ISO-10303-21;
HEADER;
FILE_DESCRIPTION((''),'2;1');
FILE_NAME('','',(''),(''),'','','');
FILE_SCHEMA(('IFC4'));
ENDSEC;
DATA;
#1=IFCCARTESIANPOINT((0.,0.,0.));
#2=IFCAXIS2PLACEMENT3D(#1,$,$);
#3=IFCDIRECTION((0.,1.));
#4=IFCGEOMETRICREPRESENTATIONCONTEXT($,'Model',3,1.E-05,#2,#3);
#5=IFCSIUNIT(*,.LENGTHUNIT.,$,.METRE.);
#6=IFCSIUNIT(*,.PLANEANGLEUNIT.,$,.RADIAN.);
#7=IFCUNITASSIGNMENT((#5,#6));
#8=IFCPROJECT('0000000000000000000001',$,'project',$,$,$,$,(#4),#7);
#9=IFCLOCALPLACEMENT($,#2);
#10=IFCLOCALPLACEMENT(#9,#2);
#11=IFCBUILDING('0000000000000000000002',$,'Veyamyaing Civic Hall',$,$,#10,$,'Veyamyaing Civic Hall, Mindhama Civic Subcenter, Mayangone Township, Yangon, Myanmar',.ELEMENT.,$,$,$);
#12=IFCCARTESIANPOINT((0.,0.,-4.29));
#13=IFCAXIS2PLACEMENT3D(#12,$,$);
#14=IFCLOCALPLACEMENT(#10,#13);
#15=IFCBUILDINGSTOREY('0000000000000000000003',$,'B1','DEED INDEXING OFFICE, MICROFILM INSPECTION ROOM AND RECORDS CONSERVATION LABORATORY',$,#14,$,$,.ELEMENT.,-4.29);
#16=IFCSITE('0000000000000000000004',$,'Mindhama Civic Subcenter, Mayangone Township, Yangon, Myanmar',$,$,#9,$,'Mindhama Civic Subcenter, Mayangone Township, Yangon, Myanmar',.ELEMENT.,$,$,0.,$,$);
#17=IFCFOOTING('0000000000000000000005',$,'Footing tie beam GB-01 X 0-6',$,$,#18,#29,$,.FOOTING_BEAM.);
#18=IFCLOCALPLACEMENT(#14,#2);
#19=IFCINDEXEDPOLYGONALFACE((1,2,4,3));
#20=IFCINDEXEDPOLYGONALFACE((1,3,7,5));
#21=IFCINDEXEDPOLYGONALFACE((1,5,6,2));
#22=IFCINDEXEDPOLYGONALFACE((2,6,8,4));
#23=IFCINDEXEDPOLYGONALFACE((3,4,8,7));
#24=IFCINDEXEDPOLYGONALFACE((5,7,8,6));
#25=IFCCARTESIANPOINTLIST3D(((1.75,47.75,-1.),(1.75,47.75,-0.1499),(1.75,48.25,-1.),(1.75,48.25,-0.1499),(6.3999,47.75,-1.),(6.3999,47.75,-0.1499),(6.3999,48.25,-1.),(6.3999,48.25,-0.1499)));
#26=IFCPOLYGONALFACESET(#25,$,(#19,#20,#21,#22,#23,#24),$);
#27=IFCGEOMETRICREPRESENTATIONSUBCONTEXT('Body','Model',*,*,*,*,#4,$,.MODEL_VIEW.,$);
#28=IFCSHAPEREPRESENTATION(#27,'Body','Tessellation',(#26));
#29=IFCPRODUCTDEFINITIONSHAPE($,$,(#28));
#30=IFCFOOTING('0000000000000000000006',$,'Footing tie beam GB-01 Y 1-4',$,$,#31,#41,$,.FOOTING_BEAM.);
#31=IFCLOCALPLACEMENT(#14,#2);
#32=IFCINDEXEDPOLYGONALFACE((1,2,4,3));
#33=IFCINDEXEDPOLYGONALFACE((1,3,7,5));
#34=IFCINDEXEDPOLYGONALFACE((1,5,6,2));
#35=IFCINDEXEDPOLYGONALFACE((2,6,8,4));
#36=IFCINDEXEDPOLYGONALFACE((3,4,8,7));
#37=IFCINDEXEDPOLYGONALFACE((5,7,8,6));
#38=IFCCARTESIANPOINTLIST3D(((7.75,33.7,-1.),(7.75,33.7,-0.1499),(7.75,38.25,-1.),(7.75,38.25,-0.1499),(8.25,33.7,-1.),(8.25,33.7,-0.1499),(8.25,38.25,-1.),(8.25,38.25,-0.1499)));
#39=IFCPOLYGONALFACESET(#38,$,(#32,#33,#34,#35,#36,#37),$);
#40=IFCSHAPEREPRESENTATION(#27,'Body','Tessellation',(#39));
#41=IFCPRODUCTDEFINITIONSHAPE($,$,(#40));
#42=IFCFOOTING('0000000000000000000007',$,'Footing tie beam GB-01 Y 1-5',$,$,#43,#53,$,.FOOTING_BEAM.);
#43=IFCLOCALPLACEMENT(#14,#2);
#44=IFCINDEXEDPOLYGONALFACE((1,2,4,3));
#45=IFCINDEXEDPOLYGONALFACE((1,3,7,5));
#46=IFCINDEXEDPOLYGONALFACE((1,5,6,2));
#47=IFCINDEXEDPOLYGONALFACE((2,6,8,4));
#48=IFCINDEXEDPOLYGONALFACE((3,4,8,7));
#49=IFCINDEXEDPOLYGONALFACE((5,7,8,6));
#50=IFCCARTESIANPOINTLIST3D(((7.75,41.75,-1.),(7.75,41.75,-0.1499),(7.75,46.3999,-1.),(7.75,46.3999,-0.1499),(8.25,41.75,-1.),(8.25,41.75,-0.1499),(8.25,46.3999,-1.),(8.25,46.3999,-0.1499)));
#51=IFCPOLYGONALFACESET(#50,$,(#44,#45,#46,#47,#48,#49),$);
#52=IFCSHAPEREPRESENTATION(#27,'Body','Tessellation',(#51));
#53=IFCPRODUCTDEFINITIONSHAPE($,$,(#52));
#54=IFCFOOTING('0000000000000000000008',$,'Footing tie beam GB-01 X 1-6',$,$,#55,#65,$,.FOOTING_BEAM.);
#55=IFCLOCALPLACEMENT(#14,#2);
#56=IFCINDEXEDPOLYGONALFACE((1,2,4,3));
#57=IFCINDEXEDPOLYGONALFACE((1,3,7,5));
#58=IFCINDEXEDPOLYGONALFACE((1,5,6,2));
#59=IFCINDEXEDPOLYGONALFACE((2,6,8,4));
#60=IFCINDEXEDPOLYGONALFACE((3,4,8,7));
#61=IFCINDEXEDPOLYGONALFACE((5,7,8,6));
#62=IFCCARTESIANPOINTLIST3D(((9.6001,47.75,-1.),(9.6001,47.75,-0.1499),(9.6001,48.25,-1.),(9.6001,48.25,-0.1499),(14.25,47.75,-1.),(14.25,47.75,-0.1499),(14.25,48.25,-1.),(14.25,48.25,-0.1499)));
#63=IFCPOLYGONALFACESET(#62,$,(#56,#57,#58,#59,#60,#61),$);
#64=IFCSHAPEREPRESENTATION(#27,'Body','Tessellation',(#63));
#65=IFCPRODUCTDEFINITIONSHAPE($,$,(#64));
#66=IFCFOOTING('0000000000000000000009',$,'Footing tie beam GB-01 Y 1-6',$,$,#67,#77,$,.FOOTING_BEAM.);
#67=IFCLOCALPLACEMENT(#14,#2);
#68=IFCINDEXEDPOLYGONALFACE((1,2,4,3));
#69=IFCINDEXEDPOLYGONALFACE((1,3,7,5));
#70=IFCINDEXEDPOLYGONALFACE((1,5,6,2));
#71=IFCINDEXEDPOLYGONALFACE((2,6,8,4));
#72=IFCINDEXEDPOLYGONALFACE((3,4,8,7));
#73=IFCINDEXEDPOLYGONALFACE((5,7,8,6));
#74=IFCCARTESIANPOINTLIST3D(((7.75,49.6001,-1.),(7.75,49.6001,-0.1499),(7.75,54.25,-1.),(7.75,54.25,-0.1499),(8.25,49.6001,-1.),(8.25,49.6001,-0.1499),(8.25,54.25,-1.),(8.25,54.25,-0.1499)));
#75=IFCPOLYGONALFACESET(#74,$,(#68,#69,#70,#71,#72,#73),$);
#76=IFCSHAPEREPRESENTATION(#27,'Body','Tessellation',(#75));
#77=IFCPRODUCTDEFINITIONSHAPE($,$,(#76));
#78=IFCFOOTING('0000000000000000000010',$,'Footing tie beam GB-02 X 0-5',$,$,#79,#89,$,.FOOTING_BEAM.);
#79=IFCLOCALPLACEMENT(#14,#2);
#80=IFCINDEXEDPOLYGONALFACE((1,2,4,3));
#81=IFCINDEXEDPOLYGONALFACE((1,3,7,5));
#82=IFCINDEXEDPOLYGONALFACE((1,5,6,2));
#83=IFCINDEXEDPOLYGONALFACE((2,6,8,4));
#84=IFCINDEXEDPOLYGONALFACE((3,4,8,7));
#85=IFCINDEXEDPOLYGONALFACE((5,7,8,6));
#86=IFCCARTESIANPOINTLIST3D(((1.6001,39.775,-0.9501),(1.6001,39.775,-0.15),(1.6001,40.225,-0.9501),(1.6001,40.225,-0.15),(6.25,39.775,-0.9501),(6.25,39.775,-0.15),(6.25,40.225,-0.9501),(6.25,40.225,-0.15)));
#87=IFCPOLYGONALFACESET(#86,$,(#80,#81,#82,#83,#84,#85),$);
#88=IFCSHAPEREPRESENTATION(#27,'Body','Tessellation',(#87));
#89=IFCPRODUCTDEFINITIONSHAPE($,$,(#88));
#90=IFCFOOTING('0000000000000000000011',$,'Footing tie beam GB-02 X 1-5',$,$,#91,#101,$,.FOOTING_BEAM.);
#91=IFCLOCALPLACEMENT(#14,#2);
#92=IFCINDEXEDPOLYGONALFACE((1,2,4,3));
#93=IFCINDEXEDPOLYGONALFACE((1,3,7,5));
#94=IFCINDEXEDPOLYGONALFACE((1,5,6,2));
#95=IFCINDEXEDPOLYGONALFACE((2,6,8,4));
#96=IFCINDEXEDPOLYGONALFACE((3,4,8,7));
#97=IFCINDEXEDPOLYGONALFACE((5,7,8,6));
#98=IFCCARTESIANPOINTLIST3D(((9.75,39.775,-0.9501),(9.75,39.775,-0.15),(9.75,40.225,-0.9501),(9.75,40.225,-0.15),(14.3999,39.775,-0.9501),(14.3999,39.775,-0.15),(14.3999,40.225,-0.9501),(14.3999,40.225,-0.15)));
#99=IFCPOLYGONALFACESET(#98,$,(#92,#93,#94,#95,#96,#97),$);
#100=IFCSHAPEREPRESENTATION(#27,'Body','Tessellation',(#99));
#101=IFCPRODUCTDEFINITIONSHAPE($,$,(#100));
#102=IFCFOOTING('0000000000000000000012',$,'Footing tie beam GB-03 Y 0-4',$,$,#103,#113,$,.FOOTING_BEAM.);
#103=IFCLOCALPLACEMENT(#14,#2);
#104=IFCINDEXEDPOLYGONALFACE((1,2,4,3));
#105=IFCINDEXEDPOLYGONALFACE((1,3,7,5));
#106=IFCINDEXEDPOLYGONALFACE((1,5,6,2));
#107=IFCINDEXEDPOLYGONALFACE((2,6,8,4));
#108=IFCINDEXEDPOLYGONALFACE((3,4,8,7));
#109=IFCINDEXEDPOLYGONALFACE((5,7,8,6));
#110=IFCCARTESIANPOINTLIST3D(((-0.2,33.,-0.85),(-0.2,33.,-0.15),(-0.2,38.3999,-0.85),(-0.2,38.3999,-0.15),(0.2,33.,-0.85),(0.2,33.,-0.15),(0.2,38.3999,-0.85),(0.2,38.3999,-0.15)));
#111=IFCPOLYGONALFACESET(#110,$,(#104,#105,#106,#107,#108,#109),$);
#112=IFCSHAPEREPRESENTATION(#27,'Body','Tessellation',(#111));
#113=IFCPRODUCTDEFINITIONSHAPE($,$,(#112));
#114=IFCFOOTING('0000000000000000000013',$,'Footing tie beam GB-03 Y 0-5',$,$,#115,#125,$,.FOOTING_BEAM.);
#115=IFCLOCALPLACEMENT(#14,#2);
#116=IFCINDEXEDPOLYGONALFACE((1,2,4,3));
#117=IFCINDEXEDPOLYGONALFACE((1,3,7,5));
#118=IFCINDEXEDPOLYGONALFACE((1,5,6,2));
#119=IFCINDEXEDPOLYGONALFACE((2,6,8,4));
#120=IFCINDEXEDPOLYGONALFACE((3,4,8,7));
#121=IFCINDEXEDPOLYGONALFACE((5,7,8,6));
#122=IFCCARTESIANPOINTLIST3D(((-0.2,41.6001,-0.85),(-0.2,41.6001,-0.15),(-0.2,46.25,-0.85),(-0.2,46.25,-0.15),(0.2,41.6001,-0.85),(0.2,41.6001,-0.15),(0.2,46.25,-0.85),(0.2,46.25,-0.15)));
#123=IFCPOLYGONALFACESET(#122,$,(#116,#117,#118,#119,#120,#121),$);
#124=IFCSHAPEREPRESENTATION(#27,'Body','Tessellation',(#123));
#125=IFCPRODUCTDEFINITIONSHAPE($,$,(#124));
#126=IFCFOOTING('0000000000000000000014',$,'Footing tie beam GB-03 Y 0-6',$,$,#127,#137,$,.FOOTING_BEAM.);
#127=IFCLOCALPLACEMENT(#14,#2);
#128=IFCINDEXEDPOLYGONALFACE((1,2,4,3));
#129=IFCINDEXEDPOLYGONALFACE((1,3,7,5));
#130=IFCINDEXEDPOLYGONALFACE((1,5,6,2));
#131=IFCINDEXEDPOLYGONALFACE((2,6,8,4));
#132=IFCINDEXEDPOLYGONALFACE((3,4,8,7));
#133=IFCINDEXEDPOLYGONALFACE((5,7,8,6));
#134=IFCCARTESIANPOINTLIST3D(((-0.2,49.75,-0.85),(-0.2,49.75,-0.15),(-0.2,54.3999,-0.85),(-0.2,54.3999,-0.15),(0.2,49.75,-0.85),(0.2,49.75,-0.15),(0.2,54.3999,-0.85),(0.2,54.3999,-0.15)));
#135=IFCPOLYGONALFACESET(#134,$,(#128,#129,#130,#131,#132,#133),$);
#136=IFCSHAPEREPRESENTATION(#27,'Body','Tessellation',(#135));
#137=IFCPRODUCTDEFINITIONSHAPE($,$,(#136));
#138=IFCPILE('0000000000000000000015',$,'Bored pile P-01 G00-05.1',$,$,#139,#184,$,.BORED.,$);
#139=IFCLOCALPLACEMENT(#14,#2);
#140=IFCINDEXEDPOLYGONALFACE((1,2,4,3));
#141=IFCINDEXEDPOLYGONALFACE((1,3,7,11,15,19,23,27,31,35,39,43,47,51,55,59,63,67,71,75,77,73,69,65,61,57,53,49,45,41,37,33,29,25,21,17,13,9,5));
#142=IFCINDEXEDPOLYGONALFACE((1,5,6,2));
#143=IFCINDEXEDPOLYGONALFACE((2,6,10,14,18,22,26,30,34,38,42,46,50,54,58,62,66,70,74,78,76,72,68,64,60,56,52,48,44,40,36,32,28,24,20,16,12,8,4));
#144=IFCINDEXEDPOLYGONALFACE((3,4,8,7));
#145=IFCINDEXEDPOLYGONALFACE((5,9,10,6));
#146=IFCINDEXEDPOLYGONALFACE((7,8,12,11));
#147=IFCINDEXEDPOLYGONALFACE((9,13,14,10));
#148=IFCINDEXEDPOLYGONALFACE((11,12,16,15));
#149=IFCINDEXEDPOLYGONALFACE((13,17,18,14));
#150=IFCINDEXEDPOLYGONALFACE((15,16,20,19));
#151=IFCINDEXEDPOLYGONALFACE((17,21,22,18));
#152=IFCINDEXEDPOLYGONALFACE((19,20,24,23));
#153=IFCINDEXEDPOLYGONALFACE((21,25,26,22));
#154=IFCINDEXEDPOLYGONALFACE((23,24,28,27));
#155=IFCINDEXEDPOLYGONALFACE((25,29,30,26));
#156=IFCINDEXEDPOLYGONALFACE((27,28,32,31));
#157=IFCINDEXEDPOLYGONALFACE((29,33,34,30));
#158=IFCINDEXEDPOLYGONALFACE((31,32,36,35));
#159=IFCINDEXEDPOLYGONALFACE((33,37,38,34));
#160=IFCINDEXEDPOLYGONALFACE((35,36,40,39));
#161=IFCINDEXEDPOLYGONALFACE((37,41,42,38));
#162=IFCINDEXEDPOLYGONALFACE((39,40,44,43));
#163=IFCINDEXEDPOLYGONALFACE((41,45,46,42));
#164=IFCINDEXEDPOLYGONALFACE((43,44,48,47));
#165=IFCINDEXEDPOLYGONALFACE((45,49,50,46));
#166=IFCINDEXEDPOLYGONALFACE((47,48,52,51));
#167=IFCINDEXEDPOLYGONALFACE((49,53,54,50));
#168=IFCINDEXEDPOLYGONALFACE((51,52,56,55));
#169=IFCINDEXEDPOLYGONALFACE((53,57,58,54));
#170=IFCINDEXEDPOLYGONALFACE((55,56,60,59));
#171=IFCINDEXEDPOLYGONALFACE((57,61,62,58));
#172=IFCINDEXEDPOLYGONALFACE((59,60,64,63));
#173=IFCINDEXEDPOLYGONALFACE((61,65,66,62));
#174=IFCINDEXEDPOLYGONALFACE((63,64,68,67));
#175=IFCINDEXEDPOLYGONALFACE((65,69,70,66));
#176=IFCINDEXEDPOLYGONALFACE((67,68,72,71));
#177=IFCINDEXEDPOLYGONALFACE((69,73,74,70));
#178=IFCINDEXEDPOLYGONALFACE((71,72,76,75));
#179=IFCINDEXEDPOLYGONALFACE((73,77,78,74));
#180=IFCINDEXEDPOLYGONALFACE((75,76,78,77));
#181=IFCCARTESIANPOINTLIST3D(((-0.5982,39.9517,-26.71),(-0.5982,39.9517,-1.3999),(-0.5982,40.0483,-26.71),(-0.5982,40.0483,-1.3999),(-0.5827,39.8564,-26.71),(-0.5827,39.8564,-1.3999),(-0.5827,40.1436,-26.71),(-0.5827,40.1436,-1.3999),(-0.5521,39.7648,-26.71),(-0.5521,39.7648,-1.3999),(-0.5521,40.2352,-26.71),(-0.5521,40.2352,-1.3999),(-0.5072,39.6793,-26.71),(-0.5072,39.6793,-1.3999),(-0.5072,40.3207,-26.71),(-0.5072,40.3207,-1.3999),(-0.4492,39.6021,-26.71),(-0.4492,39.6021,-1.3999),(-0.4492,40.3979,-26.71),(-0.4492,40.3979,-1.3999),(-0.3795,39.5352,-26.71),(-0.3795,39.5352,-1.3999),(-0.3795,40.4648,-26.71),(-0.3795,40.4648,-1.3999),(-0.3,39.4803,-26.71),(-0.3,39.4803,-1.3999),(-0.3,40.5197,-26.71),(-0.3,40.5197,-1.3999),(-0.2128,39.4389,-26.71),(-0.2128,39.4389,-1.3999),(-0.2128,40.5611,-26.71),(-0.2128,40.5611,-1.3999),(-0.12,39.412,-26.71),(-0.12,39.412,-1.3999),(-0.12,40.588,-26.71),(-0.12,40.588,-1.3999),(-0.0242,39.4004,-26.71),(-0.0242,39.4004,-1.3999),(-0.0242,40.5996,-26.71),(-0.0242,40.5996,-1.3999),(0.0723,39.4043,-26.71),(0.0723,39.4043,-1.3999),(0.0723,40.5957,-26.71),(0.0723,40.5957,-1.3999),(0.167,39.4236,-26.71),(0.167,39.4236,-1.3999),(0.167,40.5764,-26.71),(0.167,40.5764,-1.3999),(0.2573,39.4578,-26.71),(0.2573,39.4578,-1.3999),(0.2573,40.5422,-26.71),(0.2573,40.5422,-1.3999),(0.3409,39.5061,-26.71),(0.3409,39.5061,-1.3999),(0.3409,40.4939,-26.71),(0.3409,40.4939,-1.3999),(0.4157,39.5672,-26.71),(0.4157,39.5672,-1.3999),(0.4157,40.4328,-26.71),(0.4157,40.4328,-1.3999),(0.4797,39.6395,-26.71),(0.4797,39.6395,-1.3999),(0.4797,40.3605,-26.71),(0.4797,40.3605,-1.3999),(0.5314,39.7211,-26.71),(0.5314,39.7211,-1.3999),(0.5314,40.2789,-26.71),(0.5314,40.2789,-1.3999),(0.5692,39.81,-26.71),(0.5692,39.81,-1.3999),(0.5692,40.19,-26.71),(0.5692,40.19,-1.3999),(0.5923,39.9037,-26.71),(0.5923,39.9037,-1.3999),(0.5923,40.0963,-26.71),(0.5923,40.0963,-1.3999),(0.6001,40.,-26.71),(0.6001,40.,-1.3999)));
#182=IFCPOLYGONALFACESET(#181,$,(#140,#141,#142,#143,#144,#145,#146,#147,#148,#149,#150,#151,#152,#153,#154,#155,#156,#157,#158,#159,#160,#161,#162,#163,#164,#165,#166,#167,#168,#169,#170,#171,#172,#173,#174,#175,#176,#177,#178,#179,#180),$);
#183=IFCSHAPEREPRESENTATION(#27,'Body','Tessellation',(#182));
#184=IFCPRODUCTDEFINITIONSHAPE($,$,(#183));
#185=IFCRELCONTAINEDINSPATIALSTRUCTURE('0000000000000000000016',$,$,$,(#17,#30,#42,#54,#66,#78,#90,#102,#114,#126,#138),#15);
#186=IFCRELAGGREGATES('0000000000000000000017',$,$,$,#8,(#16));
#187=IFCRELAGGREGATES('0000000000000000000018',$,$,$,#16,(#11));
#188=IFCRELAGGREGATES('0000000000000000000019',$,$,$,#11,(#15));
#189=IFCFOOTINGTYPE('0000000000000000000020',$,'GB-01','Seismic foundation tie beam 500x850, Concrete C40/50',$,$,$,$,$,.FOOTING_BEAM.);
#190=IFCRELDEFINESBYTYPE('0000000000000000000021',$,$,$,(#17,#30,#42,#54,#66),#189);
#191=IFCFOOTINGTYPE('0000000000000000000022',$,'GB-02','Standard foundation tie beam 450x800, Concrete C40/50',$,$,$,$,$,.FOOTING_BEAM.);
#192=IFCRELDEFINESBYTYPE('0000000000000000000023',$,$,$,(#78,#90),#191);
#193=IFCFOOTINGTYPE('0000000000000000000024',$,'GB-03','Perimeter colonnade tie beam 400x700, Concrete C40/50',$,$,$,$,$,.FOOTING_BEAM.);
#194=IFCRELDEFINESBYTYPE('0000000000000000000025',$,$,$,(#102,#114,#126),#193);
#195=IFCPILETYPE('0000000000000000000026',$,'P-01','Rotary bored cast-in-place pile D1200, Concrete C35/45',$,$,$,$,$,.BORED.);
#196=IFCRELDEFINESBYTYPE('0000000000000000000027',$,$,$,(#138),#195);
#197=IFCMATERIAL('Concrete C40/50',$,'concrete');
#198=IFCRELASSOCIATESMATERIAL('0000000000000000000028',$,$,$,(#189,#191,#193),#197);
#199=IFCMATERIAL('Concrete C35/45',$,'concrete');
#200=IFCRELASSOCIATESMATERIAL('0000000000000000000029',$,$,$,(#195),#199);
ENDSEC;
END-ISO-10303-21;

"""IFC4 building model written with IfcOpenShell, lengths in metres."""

from ifc_helpers import new_model, si_unit, direction, frame, origin, origin_2d, place, context, subcontext, project, spatial, rectangle, circle, extrude, material, material_profile, profile_set, type_object, element, save


model = new_model("IFC4")

# Units and contexts
model_context = context("Model", 3, precision=1e-05, world=origin(), true_north=direction((0.0, 1.0)))
body_context = subcontext(model_context, "Body", "Model", "MODEL_VIEW")
ifc_project = project(units=[si_unit("LENGTHUNIT", "METRE"), si_unit("PLANEANGLEUNIT", "RADIAN")], contexts=[model_context])

# Site, building, storey
site_placement = place(None, origin())
site = spatial("IfcSite", under=ifc_project, at=site_placement, Name="Mindhama Civic Subcenter, Mayangone Township, Yangon, Myanmar", LongName="Mindhama Civic Subcenter, Mayangone Township, Yangon, Myanmar", CompositionType="ELEMENT", RefElevation=0.0)
building_placement = place(site_placement, origin())
building = spatial("IfcBuilding", under=site, at=building_placement, Name="Veyamyaing Civic Hall", LongName="Veyamyaing Civic Hall, Mindhama Civic Subcenter, Mayangone Township, Yangon, Myanmar", CompositionType="ELEMENT")
storey_placement = place(building_placement, frame((0.0, 0.0, -4.29)))
storey = spatial("IfcBuildingStorey", under=building, at=storey_placement, Name="B1", Description="DEED INDEXING OFFICE, MICROFILM INSPECTION ROOM AND RECORDS CONSERVATION LABORATORY", CompositionType="ELEMENT", Elevation=-4.29)

# Footings
ifc_material_1 = material(Name="Concrete C40/50", Category="concrete")
ifc_material_profile_1 = material_profile(ifc_material_1, rectangle(XDim=0.5, YDim=0.8501, at=origin_2d()), Name="GB-500X850")
ifc_profile_set_1 = profile_set([ifc_material_profile_1], Name="Concrete C40/50")
footing_type_1 = type_object("IfcFootingType", Name="GB-01", Description="Seismic foundation tie beam 500x850, Concrete C40/50", PredefinedType="FOOTING_BEAM", material=ifc_profile_set_1)
footing_1_placement = place(storey_placement, frame((1.75, 48.0, -0.575), z_axis=(1.0, 0.0, 0.0), x_axis=(0.0, 1.0, 0.0)))
element("IfcFooting", 1, at=footing_1_placement, inside=storey, type_object=footing_type_1, Name="Footing tie beam GB-01 X 0-6", PredefinedType="FOOTING_BEAM", context=body_context, shape_type="SweptSolid", body=[
    extrude(rectangle(XDim=0.5, YDim=0.8501, at=origin_2d()), origin(), (0.0, 0.0, 1.0), 4.6499),
])
footing_2_placement = place(storey_placement, frame((8.0, 33.7, -0.575), z_axis=(0.0, 1.0, 0.0), x_axis=(-1.0, 0.0, 0.0)))
element("IfcFooting", 2, at=footing_2_placement, inside=storey, type_object=footing_type_1, Name="Footing tie beam GB-01 Y 1-4", PredefinedType="FOOTING_BEAM", context=body_context, shape_type="SweptSolid", body=[
    extrude(rectangle(XDim=0.5, YDim=0.8501, at=origin_2d()), origin(), (0.0, 0.0, 1.0), 4.55),
])
for number, where, z_axis, x_axis, name in (
    (3, (8.0, 41.75, -0.575), (0.0, 1.0, 0.0), (-1.0, 0.0, 0.0), "Footing tie beam GB-01 Y 1-5"),
    (4, (9.6001, 48.0, -0.575), (1.0, 0.0, 0.0), (0.0, 1.0, 0.0), "Footing tie beam GB-01 X 1-6"),
    (5, (8.0, 49.6001, -0.575), (0.0, 1.0, 0.0), (-1.0, 0.0, 0.0), "Footing tie beam GB-01 Y 1-6"),
):
    element("IfcFooting", number, at=place(storey_placement, frame(where, z_axis=z_axis, x_axis=x_axis)), inside=storey, type_object=footing_type_1, Name=name, PredefinedType="FOOTING_BEAM", context=body_context, shape_type="SweptSolid", body=[
        extrude(rectangle(XDim=0.5, YDim=0.8501, at=origin_2d()), origin(), (0.0, 0.0, 1.0), 4.6499),
    ])
ifc_material_profile_2 = material_profile(ifc_material_1, rectangle(XDim=0.45, YDim=0.8, at=origin_2d()), Name="GB-450X800")
ifc_profile_set_2 = profile_set([ifc_material_profile_2], Name="Concrete C40/50")
footing_type_2 = type_object("IfcFootingType", Name="GB-02", Description="Standard foundation tie beam 450x800, Concrete C40/50", PredefinedType="FOOTING_BEAM", material=ifc_profile_set_2)
for number, where, z_axis, x_axis, name in (
    (6, (1.6001, 40.0, -0.55), (1.0, 0.0, 0.0), (0.0, 1.0, 0.0), "Footing tie beam GB-02 X 0-5"),
    (7, (9.75, 40.0, -0.55), (1.0, 0.0, 0.0), (0.0, 1.0, 0.0), "Footing tie beam GB-02 X 1-5"),
):
    element("IfcFooting", number, at=place(storey_placement, frame(where, z_axis=z_axis, x_axis=x_axis)), inside=storey, type_object=footing_type_2, Name=name, PredefinedType="FOOTING_BEAM", context=body_context, shape_type="SweptSolid", body=[
        extrude(rectangle(XDim=0.45, YDim=0.8, at=origin_2d()), origin(), (0.0, 0.0, 1.0), 4.6499),
    ])
ifc_material_profile_3 = material_profile(ifc_material_1, rectangle(XDim=0.3999, YDim=0.7, at=origin_2d()), Name="GB-400X700")
ifc_profile_set_3 = profile_set([ifc_material_profile_3], Name="Concrete C40/50")
footing_type_3 = type_object("IfcFootingType", Name="GB-03", Description="Perimeter colonnade tie beam 400x700, Concrete C40/50", PredefinedType="FOOTING_BEAM", material=ifc_profile_set_3)
footing_3_placement = place(storey_placement, frame((0.0, 33.0, -0.5), z_axis=(0.0, 1.0, 0.0), x_axis=(-1.0, 0.0, 0.0)))
element("IfcFooting", 8, at=footing_3_placement, inside=storey, type_object=footing_type_3, Name="Footing tie beam GB-03 Y 0-4", PredefinedType="FOOTING_BEAM", context=body_context, shape_type="SweptSolid", body=[
    extrude(rectangle(XDim=0.3999, YDim=0.7, at=origin_2d()), origin(), (0.0, 0.0, 1.0), 5.3999),
])
for number, where, z_axis, x_axis, name in (
    (9, (0.0, 41.6001, -0.5), (0.0, 1.0, 0.0), (-1.0, 0.0, 0.0), "Footing tie beam GB-03 Y 0-5"),
    (10, (0.0, 49.75, -0.5), (0.0, 1.0, 0.0), (-1.0, 0.0, 0.0), "Footing tie beam GB-03 Y 0-6"),
):
    element("IfcFooting", number, at=place(storey_placement, frame(where, z_axis=z_axis, x_axis=x_axis)), inside=storey, type_object=footing_type_3, Name=name, PredefinedType="FOOTING_BEAM", context=body_context, shape_type="SweptSolid", body=[
        extrude(rectangle(XDim=0.3999, YDim=0.7, at=origin_2d()), origin(), (0.0, 0.0, 1.0), 4.6499),
    ])

# Pile
ifc_material_2 = material(Name="Concrete C35/45", Category="concrete")
ifc_material_profile_4 = material_profile(ifc_material_2, circle(Radius=0.6001, at=origin_2d()), Name="PILE-D1200")
ifc_profile_set_4 = profile_set([ifc_material_profile_4], Name="Concrete C35/45")
pile_type_1 = type_object("IfcPileType", Name="P-01", Description="Rotary bored cast-in-place pile D1200, Concrete C35/45", PredefinedType="BORED", material=ifc_profile_set_4)
for number, where, z_axis, x_axis, name in (
    (11, (0.0, 40.0, -1.3999), (0.0, 0.0, -1.0), (1.0, 0.0, 0.0), "Bored pile P-01 G00-05.1"),
):
    element("IfcPile", number, at=place(storey_placement, frame(where, z_axis=z_axis, x_axis=x_axis)), inside=storey, type_object=pile_type_1, Name=name, PredefinedType="BORED", context=body_context, shape_type="SweptSolid", body=[
        extrude(circle(Radius=0.6001, at=origin_2d()), origin(), (0.0, 0.0, 1.0), 25.3101),
    ])

save(model, "model.ifc")
